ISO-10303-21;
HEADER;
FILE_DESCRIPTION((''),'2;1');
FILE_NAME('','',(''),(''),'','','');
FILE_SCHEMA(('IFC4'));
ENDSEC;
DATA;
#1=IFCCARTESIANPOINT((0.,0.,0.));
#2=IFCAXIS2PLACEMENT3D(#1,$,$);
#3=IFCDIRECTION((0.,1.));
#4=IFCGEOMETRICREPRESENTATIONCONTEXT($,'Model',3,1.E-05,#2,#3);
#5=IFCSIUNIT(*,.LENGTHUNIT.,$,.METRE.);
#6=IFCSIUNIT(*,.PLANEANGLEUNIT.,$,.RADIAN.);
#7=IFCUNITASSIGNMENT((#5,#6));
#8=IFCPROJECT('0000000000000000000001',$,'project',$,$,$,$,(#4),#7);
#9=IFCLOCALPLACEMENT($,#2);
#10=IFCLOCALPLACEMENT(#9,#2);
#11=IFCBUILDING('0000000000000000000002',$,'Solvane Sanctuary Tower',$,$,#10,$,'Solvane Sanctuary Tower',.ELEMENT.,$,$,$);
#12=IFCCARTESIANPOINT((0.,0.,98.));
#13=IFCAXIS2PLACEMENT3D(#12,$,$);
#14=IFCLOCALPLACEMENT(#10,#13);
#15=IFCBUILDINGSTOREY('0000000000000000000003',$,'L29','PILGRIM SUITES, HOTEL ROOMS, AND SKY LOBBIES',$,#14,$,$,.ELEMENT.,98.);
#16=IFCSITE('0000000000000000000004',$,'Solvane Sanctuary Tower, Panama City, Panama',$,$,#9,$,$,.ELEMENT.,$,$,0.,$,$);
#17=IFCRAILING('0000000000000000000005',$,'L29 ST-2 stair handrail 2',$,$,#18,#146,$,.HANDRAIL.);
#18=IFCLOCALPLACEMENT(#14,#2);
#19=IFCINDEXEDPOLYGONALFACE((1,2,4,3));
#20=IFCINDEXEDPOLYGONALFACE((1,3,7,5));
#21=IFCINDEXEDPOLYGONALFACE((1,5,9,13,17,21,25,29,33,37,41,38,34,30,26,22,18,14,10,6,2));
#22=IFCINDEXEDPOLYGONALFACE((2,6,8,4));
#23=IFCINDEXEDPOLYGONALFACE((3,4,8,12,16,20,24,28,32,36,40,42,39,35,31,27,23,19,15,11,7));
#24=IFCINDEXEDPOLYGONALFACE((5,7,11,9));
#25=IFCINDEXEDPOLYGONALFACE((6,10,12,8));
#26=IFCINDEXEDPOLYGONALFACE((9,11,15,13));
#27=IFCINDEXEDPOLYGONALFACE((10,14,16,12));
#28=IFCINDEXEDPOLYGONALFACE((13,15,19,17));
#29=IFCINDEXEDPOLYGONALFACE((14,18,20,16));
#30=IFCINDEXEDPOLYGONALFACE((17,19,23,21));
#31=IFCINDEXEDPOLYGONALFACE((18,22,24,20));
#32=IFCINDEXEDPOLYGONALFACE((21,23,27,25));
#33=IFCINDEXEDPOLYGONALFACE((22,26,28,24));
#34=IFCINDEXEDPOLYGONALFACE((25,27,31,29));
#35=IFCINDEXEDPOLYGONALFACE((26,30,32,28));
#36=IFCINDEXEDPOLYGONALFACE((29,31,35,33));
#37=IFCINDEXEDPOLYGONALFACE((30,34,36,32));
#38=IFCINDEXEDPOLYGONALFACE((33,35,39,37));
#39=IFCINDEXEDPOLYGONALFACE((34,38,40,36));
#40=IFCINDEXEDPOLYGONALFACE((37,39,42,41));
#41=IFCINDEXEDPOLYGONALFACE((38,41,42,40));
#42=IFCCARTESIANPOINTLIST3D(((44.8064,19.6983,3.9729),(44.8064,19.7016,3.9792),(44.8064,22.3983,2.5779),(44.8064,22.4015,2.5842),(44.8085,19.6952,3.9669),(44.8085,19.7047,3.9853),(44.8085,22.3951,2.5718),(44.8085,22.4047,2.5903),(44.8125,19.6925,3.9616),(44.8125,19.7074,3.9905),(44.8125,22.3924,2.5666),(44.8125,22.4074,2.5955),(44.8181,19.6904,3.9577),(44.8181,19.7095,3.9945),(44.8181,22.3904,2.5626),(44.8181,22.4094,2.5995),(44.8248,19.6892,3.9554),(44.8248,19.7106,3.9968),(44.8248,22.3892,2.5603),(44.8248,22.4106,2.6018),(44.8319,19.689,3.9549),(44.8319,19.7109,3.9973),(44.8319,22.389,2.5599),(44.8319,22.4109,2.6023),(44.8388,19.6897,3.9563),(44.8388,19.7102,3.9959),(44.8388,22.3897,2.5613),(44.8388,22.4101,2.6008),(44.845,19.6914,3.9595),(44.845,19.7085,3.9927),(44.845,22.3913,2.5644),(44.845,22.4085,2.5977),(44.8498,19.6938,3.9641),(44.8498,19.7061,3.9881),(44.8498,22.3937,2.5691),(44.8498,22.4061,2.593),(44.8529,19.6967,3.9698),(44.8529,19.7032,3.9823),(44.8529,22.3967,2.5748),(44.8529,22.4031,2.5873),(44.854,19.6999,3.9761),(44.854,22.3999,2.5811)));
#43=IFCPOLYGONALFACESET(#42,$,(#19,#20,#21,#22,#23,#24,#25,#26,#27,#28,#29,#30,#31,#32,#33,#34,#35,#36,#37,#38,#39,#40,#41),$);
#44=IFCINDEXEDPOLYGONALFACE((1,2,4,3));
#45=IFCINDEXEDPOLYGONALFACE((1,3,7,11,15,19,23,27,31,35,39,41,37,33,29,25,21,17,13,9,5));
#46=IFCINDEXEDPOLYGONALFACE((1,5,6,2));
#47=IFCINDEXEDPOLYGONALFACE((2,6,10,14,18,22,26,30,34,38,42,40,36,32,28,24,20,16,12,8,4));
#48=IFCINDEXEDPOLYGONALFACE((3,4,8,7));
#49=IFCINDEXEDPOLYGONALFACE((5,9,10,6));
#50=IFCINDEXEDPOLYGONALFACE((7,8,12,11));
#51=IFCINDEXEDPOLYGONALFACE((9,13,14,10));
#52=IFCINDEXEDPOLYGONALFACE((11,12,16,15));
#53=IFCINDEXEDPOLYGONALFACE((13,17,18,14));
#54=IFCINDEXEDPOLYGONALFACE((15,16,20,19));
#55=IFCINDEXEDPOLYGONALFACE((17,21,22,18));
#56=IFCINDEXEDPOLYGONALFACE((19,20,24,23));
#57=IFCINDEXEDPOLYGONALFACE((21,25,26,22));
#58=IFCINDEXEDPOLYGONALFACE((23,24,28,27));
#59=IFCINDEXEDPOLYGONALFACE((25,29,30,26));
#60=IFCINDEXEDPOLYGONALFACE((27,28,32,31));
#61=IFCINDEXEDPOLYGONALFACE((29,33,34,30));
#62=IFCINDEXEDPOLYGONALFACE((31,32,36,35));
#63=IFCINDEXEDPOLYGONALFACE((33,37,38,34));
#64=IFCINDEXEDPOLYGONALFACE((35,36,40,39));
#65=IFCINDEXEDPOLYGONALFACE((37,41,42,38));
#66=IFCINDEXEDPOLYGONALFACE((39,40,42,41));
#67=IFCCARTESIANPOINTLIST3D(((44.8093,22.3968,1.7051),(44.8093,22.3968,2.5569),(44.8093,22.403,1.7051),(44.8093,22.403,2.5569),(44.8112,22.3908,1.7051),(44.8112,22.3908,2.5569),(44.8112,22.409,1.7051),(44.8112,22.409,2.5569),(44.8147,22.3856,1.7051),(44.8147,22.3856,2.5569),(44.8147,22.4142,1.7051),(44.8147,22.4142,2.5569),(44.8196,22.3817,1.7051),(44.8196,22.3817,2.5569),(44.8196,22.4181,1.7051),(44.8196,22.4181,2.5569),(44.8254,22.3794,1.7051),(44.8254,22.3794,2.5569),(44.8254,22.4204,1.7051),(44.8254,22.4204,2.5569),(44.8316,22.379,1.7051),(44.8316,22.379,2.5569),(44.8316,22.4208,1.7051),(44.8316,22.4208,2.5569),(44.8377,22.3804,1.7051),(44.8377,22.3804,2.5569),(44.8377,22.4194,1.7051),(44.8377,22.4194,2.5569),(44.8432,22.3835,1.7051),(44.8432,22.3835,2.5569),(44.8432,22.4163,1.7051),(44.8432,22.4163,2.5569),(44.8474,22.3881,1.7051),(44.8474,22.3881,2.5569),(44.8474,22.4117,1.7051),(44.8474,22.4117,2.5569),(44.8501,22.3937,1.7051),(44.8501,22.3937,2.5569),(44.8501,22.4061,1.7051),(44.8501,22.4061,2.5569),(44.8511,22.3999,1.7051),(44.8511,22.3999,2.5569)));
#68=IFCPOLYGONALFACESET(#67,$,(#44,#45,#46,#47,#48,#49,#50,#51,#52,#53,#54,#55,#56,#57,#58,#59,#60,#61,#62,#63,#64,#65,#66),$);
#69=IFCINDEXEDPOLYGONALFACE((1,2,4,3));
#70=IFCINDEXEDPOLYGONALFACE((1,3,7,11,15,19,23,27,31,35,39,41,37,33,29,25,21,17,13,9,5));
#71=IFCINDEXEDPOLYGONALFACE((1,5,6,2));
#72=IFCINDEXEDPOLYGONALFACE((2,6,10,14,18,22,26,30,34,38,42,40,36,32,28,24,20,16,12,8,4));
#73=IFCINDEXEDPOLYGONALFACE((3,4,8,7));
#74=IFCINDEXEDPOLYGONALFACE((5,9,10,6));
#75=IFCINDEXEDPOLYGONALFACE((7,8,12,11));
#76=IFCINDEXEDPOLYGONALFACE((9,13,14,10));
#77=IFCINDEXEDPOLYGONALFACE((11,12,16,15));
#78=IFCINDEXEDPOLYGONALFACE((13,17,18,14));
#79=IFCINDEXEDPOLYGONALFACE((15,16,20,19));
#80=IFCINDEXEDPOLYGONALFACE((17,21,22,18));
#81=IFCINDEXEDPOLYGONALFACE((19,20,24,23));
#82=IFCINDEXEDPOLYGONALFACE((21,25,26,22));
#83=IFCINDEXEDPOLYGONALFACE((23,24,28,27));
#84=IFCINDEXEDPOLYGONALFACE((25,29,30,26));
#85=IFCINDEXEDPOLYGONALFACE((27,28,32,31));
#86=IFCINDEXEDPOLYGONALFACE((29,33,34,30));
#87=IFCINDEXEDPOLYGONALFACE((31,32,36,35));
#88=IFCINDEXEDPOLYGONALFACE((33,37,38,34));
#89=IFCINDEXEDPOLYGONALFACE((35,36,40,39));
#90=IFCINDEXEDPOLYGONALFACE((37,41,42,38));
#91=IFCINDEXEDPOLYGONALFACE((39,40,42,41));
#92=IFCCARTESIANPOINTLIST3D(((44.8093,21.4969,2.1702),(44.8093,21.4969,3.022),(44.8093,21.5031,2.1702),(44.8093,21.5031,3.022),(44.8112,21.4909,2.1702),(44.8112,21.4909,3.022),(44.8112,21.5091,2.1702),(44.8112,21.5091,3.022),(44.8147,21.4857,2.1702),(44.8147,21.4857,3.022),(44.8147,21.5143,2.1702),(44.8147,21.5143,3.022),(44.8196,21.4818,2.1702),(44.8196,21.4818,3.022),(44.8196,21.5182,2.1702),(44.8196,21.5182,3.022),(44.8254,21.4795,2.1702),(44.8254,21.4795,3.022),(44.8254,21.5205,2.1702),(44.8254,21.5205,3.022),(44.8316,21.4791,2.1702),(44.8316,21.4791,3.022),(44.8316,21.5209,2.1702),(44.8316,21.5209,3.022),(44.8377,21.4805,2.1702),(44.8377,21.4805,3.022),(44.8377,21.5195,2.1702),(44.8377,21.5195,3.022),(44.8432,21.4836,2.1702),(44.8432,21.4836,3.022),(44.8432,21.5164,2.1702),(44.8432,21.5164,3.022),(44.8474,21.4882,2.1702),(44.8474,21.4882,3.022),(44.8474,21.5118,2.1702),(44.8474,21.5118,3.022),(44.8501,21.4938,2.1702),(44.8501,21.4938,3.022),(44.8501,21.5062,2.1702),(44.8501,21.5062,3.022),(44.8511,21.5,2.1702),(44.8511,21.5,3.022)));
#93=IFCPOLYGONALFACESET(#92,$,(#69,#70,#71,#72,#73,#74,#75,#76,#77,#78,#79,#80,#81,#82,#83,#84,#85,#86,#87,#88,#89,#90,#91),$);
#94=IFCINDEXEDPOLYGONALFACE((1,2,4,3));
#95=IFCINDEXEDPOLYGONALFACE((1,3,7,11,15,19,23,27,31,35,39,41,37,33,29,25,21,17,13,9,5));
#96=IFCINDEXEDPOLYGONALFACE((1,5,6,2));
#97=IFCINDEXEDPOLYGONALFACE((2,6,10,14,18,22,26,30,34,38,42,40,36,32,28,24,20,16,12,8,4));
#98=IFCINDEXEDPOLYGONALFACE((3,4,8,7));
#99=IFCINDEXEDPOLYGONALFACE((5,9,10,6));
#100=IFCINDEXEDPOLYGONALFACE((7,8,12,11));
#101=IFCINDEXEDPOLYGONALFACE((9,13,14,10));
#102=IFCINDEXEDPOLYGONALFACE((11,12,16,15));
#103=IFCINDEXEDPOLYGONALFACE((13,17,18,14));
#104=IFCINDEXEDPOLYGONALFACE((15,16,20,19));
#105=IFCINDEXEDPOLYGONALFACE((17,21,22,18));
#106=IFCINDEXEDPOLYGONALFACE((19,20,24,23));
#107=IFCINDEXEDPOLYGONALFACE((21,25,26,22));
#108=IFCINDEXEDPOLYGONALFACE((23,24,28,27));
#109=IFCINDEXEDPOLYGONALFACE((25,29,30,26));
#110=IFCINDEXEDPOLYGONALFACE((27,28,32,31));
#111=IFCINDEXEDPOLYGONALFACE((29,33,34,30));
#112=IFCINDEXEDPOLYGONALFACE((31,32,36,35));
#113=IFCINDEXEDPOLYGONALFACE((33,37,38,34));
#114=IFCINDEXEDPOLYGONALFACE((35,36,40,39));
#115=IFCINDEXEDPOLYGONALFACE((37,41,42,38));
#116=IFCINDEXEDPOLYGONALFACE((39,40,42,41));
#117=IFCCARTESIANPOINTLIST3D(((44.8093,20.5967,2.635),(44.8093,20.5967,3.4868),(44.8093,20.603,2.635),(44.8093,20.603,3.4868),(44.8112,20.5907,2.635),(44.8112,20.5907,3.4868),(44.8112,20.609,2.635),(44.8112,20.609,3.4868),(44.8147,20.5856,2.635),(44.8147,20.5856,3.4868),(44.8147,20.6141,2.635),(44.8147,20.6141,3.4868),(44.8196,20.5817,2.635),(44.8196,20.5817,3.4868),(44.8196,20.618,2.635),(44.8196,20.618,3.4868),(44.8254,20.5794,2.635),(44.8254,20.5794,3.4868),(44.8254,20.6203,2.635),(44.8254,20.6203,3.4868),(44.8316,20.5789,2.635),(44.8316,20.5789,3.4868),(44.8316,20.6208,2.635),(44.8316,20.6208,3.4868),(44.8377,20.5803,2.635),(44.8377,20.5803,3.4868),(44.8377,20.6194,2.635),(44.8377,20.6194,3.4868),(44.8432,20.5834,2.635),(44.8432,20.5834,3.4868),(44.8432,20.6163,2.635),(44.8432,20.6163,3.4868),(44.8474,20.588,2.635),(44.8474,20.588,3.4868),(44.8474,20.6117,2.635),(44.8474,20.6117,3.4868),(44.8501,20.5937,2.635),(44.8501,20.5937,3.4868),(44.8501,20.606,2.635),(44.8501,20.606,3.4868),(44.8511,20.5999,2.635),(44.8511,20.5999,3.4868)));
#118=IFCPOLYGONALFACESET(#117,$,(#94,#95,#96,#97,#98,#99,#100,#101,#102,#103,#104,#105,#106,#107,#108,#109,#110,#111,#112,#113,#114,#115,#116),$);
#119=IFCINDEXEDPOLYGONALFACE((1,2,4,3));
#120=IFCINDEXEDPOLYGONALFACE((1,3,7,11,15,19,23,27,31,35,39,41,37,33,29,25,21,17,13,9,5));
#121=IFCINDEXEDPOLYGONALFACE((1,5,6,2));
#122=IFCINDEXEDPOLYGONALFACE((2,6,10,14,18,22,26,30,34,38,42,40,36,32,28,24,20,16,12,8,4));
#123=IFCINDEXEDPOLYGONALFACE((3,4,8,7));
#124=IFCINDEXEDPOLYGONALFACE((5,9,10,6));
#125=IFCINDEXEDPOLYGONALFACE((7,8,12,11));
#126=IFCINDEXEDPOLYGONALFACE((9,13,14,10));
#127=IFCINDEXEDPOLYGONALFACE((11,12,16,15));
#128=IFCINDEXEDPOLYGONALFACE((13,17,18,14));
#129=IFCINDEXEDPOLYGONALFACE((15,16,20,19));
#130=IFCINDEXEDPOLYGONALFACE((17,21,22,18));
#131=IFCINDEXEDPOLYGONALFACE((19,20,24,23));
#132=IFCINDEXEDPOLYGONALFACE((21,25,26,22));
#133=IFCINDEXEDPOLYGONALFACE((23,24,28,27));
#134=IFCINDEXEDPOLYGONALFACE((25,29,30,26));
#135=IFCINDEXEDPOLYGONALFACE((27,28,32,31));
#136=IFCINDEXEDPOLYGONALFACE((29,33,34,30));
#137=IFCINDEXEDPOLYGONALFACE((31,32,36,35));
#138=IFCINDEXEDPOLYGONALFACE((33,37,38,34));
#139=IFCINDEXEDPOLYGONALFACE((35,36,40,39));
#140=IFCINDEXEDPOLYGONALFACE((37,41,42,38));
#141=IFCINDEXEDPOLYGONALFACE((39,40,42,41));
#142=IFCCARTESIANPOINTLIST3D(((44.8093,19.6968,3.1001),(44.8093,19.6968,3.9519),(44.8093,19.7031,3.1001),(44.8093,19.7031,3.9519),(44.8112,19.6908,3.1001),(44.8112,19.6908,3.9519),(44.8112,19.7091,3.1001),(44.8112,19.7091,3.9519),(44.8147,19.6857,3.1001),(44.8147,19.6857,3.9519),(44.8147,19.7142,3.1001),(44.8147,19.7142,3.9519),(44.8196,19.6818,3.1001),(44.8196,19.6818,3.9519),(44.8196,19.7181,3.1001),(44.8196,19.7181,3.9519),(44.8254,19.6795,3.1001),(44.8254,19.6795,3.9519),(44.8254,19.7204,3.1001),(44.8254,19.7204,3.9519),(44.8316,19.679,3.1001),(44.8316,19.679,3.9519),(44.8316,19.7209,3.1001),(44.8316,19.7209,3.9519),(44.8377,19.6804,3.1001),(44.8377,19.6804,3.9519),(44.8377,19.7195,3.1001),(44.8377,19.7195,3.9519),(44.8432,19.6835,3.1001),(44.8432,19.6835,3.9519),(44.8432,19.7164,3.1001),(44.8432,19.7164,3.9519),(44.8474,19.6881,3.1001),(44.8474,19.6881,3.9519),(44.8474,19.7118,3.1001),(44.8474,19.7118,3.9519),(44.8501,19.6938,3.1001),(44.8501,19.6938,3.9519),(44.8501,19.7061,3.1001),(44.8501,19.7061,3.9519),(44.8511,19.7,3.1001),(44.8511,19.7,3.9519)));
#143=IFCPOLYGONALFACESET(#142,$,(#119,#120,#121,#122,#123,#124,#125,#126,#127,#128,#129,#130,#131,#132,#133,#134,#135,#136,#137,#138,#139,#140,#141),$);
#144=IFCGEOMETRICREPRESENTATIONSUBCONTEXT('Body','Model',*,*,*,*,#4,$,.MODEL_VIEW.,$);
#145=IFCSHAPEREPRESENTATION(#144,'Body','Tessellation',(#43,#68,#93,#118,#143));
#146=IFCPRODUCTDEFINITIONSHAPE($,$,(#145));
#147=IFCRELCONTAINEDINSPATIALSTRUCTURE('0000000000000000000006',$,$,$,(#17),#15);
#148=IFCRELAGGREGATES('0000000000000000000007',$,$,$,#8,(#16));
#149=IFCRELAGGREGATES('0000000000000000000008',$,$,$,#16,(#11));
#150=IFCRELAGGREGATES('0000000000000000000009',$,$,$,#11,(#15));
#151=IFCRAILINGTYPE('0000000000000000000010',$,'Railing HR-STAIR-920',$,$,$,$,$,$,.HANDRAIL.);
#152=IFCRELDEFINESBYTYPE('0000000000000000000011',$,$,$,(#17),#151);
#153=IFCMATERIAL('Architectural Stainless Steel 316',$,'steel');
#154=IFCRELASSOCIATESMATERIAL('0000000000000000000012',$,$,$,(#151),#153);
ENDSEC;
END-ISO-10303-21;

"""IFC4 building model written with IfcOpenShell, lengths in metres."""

from ifc_helpers import new_model, si_unit, direction, frame, origin, origin_2d, place, context, subcontext, project, spatial, circle, extrude, material, type_object, element, save


model = new_model("IFC4")

# Units and contexts
model_context = context("Model", 3, precision=1e-05, world=origin(), true_north=direction((0.0, 1.0)))
body_context = subcontext(model_context, "Body", "Model", "MODEL_VIEW")
ifc_project = project(units=[si_unit("LENGTHUNIT", "METRE"), si_unit("PLANEANGLEUNIT", "RADIAN")], contexts=[model_context])

# Site, building, storey
site_placement = place(None, origin())
site = spatial("IfcSite", under=ifc_project, at=site_placement, Name="Solvane Sanctuary Tower, Panama City, Panama", CompositionType="ELEMENT", RefElevation=0.0)
building_placement = place(site_placement, origin())
building = spatial("IfcBuilding", under=site, at=building_placement, Name="Solvane Sanctuary Tower", LongName="Solvane Sanctuary Tower", CompositionType="ELEMENT")
storey_placement = place(building_placement, frame((0.0, 0.0, 98.0)))
storey = spatial("IfcBuildingStorey", under=building, at=storey_placement, Name="L29", Description="PILGRIM SUITES, HOTEL ROOMS, AND SKY LOBBIES", CompositionType="ELEMENT", Elevation=98.0)

# Shared definitions
ifc_material_1 = material(Name="Architectural Stainless Steel 316", Category="steel")

# Railing
railing_type_1 = type_object("IfcRailingType", Name="Railing HR-STAIR-920", PredefinedType="HANDRAIL", material=ifc_material_1)
railing_1_placement = place(storey_placement, frame((44.8301, 22.3999, 1.7051)))
element("IfcRailing", 1, at=railing_1_placement, inside=storey, type_object=railing_type_1, Name="L29 ST-2 stair handrail 2", PredefinedType="HANDRAIL", context=body_context, shape_type="SweptSolid", body=[
    extrude(circle(Radius=0.0239, at=origin_2d()), frame((0.0, 0.0, 0.876), z_axis=(0.0, -0.88842, 0.459032), x_axis=(1.0, 0.0, 0.0)), (0.0, 0.0, 1.0), 3.0391),
    extrude(circle(Radius=0.021, at=origin_2d()), origin(), (0.0, 0.0, 1.0), 0.8518),
    extrude(circle(Radius=0.021, at=origin_2d()), frame((0.0, -0.8999, 0.4651)), (0.0, 0.0, 1.0), 0.8518),
    extrude(circle(Radius=0.021, at=origin_2d()), frame((0.0, -1.8, 0.9299)), (0.0, 0.0, 1.0), 0.8518),
    extrude(circle(Radius=0.021, at=origin_2d()), frame((0.0, -2.7, 1.395)), (0.0, 0.0, 1.0), 0.8518),
])

save(model, "model.ifc")
